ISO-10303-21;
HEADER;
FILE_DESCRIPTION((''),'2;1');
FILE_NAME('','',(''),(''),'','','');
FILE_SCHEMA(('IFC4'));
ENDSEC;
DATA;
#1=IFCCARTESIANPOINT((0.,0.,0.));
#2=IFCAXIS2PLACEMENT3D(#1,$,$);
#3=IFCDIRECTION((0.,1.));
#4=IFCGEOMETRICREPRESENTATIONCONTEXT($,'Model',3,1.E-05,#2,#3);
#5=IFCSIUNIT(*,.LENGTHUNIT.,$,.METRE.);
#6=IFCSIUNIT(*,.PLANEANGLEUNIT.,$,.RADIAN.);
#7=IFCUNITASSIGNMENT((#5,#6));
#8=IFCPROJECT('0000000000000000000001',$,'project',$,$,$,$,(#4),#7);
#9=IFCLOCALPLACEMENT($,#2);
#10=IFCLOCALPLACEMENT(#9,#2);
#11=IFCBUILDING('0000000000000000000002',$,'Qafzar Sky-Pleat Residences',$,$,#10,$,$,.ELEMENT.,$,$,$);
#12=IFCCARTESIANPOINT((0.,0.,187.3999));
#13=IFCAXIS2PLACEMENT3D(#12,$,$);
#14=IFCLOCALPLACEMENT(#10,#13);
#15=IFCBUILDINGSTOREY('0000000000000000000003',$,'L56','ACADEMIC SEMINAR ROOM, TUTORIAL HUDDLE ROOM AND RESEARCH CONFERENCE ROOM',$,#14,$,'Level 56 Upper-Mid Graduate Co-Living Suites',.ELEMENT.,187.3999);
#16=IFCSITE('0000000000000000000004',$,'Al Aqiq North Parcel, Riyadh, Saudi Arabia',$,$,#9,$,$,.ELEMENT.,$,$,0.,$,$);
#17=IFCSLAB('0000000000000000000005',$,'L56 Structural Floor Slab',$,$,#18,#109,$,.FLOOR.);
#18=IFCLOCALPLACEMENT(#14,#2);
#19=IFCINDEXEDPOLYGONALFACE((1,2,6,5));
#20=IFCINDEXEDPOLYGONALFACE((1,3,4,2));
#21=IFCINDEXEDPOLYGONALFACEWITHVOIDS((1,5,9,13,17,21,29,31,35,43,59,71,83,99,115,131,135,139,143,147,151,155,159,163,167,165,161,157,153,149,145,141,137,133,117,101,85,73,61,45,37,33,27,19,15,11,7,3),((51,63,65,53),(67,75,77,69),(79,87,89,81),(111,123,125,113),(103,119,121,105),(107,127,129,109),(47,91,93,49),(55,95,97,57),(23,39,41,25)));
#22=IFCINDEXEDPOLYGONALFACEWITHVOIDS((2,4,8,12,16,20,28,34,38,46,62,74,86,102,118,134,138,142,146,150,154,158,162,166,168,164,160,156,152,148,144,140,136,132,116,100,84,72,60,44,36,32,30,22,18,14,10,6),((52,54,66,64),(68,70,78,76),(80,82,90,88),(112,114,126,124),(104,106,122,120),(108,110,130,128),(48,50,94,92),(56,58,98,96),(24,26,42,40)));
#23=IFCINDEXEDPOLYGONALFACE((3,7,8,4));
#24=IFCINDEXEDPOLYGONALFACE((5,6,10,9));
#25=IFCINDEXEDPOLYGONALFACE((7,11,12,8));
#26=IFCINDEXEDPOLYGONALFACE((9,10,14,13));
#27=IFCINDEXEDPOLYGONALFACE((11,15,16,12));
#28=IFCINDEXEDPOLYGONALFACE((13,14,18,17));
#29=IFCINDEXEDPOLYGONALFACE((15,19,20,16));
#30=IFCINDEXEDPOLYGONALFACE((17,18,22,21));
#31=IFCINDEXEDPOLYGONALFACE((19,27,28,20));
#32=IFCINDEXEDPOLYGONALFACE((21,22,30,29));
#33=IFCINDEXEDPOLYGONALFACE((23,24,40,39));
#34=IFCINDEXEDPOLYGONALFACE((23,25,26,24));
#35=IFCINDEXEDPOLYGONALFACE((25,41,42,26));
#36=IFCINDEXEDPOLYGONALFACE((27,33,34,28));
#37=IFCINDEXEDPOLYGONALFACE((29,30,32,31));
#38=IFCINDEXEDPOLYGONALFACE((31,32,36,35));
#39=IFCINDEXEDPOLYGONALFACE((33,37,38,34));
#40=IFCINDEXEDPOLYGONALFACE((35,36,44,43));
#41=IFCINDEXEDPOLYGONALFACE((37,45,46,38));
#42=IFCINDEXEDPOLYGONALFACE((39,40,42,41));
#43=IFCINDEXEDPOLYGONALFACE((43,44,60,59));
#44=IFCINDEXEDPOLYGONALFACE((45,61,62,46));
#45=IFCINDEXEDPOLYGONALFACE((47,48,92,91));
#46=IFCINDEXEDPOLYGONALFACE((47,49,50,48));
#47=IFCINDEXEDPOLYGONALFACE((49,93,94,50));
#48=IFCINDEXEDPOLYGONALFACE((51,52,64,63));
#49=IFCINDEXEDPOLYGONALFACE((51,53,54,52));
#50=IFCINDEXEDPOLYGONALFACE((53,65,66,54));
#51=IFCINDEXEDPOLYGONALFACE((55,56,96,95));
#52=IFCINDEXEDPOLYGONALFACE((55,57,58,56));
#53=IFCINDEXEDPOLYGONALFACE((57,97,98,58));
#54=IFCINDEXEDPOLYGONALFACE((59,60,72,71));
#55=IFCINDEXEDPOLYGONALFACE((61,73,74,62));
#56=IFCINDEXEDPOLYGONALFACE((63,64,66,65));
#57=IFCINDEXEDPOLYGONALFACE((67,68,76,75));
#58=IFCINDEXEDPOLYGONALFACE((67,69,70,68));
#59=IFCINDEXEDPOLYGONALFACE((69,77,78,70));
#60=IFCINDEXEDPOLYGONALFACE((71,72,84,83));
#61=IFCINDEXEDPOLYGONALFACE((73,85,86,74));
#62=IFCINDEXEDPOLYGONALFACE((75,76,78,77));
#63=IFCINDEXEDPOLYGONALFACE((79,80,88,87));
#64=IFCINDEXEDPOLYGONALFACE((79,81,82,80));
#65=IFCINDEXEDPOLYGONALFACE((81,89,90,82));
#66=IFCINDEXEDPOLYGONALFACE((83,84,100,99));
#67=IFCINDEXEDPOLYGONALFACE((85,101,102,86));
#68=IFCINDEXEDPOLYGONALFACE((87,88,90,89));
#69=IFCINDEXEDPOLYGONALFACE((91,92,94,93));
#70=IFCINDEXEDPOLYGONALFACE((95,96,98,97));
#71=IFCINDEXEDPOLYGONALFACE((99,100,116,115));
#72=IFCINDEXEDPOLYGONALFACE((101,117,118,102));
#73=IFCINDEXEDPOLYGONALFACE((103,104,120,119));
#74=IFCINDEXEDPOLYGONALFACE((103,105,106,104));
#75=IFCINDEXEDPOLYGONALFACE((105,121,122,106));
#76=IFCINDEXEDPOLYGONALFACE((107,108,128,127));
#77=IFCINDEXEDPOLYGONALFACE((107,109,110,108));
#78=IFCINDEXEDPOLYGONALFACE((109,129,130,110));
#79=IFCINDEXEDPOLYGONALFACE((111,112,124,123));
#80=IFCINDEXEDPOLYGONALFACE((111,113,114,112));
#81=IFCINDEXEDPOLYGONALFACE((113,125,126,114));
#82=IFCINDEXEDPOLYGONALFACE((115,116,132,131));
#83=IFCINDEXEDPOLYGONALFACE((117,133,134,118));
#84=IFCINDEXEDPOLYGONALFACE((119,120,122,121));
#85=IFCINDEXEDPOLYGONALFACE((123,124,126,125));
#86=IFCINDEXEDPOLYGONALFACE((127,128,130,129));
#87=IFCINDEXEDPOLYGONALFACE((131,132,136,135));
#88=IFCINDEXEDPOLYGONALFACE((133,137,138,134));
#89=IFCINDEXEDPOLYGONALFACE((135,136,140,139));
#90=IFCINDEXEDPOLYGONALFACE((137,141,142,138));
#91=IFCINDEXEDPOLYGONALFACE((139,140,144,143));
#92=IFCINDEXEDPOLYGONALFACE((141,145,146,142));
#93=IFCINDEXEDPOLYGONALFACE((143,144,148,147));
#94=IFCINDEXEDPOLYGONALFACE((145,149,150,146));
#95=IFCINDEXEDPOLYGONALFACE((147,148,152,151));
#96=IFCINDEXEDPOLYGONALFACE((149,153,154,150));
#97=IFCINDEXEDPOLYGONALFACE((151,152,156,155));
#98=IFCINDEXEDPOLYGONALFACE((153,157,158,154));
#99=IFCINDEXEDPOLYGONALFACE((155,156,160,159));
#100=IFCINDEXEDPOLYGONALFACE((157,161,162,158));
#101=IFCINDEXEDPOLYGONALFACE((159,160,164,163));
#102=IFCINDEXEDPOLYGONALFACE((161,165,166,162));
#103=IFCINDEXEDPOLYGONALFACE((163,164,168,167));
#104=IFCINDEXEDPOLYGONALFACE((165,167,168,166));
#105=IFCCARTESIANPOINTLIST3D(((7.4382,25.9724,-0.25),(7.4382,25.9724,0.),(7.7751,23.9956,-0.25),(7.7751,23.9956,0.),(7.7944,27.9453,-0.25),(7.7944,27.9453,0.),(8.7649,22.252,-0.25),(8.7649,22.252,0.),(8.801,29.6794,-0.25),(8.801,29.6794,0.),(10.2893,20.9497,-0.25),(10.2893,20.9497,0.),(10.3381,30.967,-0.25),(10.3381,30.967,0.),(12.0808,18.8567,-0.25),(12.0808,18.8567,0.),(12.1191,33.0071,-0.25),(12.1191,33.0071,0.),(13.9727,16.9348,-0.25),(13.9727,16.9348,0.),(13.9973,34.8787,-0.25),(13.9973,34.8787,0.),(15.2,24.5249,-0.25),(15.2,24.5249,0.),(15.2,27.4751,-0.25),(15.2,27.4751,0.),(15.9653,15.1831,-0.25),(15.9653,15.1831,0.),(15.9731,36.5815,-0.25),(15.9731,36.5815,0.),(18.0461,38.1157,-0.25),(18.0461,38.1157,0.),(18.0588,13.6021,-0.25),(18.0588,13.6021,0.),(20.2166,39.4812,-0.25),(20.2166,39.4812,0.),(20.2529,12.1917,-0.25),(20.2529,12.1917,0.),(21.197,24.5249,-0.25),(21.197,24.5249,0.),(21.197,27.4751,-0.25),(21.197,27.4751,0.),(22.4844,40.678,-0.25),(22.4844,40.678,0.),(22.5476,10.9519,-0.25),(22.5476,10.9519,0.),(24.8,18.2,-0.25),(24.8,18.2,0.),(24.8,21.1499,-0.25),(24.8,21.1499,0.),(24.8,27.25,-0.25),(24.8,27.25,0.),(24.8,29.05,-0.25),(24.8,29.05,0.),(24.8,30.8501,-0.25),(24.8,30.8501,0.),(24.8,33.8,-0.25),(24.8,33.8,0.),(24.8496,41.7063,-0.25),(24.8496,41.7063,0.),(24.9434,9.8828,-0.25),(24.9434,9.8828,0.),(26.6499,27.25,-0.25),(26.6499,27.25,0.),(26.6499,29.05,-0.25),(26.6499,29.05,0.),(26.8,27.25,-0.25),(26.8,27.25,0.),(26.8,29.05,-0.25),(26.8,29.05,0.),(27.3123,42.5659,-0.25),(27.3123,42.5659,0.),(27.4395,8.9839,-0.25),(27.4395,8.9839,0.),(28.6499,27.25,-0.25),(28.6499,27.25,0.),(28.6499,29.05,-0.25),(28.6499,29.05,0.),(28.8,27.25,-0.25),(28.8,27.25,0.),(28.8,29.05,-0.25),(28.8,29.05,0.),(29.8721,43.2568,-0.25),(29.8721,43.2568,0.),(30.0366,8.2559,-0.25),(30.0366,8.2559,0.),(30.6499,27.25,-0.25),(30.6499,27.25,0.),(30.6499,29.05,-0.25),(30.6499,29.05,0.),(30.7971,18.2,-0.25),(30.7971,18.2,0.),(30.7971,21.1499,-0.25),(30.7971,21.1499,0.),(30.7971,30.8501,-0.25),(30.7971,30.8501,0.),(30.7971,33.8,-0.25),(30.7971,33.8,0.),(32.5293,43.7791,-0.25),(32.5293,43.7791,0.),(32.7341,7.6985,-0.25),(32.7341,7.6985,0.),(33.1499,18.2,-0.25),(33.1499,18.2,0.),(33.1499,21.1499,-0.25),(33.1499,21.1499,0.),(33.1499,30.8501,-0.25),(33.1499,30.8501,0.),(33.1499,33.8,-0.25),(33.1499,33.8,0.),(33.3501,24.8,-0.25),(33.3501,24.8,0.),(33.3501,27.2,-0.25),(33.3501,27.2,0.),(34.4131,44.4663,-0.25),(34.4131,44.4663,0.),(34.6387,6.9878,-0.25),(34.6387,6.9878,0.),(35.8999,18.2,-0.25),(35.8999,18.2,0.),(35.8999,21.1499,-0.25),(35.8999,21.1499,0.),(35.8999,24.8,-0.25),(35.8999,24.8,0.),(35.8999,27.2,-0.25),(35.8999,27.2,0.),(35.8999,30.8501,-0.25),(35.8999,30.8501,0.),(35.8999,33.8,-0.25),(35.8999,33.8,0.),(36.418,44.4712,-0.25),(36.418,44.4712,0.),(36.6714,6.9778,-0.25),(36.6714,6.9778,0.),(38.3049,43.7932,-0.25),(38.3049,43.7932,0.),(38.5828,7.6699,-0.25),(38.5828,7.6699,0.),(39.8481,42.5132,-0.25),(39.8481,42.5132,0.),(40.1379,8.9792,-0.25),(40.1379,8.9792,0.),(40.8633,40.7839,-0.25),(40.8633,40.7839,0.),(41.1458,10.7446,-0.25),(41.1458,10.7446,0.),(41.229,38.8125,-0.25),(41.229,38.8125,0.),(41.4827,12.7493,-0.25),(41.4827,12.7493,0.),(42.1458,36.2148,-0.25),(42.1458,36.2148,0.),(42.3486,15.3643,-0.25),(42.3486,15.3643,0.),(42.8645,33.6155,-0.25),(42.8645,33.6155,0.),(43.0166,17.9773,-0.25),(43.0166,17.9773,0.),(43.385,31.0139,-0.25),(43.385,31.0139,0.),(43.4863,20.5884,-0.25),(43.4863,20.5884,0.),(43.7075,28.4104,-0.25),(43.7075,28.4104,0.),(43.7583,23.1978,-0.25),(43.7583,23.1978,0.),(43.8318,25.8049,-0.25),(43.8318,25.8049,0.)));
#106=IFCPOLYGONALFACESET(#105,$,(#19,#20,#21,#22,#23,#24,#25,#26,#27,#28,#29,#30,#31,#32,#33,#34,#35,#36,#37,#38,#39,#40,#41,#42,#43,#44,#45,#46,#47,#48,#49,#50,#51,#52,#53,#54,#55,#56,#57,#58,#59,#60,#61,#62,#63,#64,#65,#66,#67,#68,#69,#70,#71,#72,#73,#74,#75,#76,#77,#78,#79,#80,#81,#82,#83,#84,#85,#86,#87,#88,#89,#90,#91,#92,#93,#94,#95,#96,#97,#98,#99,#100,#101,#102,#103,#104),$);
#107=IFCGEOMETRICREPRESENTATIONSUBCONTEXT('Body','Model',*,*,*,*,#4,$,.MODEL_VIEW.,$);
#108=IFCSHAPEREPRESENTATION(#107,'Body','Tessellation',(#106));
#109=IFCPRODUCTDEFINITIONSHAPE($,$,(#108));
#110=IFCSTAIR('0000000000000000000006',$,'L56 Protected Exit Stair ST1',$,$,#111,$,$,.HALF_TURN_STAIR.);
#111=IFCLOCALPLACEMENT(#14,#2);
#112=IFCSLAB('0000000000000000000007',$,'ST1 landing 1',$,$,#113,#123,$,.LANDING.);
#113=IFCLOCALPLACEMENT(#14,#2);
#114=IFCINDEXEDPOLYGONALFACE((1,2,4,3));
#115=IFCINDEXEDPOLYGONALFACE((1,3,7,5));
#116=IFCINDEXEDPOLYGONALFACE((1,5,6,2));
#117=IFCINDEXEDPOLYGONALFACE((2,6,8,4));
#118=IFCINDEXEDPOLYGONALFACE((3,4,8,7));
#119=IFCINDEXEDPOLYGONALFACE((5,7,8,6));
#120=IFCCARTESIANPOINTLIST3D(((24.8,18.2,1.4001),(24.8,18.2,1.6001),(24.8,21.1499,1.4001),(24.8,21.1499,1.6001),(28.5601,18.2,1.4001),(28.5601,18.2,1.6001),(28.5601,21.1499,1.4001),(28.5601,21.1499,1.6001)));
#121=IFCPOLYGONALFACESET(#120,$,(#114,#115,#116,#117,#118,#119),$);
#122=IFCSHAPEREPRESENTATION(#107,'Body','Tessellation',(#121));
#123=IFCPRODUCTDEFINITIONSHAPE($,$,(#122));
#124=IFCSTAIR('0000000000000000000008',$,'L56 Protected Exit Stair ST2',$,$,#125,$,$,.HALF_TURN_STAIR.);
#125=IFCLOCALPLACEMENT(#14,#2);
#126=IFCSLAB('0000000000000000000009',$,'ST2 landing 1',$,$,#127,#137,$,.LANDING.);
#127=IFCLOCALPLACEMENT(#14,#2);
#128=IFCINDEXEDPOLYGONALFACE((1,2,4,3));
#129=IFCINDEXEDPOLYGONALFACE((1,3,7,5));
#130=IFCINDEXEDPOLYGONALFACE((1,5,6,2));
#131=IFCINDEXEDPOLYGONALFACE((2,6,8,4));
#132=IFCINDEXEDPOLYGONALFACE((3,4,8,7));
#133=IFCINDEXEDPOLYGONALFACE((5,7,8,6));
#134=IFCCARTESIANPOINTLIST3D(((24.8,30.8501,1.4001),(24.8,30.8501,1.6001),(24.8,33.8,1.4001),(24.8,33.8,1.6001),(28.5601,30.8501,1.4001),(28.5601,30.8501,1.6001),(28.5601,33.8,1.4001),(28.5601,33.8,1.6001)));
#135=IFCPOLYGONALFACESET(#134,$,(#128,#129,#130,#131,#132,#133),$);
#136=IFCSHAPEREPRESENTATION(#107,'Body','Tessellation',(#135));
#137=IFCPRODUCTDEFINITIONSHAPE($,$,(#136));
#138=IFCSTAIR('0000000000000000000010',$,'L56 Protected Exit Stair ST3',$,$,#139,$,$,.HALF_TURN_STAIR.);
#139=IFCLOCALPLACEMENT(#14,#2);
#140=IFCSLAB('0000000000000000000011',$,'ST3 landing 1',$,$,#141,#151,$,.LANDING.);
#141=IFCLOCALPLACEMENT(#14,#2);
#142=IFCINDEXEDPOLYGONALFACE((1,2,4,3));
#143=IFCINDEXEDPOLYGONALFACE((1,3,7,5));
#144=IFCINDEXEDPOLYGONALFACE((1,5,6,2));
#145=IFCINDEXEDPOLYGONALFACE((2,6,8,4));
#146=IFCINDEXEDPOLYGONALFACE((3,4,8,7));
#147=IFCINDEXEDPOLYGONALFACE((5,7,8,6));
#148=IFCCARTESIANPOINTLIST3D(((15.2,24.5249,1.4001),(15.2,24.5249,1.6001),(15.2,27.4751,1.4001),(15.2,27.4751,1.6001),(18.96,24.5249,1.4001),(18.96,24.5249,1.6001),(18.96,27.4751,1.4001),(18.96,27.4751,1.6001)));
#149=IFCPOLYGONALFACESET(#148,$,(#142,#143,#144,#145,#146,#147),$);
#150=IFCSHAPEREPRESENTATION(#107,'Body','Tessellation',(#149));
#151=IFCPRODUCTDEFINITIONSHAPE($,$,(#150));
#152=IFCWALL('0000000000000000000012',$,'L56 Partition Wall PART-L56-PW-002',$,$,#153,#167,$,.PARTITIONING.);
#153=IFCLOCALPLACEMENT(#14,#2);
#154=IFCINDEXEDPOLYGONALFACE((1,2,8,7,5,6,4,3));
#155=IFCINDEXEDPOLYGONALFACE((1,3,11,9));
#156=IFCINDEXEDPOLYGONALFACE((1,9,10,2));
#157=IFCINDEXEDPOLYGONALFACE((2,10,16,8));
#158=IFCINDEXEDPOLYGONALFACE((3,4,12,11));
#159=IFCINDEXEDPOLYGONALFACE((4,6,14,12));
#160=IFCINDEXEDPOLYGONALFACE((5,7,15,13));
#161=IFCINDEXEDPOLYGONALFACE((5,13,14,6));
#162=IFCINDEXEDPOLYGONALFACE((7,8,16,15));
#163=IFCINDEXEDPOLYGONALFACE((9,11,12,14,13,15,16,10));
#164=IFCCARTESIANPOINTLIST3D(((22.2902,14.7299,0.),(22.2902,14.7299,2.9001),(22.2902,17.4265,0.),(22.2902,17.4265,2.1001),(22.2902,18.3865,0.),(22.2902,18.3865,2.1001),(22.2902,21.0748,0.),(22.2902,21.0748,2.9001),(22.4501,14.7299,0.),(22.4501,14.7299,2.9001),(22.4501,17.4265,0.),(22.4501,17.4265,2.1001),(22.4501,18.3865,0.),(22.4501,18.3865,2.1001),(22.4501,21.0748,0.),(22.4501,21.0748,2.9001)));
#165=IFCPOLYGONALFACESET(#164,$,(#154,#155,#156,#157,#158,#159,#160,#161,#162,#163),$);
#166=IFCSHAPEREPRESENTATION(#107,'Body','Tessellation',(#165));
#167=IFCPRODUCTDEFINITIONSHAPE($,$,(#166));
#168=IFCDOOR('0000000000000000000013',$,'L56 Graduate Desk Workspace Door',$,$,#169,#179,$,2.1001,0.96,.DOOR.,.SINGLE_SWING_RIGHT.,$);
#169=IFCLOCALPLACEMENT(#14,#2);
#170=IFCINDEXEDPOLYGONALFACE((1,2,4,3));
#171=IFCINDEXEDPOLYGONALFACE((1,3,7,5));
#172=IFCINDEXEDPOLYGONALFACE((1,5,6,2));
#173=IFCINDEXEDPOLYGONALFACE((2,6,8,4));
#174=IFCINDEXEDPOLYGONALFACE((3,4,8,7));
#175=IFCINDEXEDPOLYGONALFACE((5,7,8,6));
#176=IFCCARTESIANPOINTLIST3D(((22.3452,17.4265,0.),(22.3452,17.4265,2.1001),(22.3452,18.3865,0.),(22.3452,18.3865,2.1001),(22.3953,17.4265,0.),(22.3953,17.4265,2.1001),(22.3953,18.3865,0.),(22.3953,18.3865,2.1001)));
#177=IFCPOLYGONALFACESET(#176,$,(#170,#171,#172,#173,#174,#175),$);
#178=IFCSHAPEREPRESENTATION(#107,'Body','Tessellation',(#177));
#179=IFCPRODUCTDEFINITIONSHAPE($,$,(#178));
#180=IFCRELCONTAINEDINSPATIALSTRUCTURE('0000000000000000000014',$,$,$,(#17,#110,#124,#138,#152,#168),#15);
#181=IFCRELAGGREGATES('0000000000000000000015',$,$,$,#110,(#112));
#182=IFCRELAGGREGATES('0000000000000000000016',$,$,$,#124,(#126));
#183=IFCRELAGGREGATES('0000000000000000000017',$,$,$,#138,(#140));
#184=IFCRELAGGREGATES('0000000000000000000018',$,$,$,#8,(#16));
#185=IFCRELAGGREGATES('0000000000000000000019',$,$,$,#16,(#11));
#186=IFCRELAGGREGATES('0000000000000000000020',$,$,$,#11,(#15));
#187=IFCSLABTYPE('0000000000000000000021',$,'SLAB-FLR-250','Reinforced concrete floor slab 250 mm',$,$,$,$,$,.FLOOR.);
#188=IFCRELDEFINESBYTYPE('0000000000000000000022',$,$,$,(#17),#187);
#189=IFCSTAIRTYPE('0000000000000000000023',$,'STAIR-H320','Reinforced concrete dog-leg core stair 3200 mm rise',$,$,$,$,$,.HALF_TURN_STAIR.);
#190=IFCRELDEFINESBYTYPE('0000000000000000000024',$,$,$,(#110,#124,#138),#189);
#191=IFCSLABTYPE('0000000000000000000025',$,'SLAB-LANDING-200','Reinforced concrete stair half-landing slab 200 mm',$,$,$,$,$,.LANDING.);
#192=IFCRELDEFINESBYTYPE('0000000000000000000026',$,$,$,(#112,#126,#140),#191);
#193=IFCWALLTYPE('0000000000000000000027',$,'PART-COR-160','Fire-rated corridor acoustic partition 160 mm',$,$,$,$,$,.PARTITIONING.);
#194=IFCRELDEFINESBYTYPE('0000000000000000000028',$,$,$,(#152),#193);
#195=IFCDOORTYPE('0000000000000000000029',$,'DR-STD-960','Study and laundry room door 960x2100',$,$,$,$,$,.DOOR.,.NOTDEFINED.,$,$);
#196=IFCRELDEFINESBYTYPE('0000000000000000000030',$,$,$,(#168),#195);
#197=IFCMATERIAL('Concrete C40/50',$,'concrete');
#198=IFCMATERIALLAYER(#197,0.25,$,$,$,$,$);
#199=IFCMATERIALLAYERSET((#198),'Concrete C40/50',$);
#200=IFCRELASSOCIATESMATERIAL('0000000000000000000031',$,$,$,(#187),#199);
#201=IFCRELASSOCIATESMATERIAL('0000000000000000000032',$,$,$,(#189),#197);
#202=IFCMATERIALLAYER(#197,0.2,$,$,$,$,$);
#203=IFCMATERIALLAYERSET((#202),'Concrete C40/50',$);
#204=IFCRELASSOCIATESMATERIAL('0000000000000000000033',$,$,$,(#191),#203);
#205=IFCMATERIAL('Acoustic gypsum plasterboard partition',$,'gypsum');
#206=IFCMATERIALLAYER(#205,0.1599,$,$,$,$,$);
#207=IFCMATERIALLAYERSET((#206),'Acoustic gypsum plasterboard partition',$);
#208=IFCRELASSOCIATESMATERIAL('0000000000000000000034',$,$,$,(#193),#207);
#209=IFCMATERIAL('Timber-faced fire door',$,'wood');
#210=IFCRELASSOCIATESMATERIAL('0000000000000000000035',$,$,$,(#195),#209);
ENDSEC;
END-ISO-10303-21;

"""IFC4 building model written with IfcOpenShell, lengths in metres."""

from ifc_helpers import new_model, si_unit, direction, frame, frame_2d, origin, place, context, subcontext, project, spatial, polyline, rectangle, outline, extrude, source, transform, mapped, material, layer, layer_set, type_object, element, fill, aggregate, save


model = new_model("IFC4")

# Units and contexts
model_context = context("Model", 3, precision=1e-05, world=origin(), true_north=direction((0.0, 1.0)))
body_context = subcontext(model_context, "Body", "Model", "MODEL_VIEW")
ifc_project = project(units=[si_unit("LENGTHUNIT", "METRE"), si_unit("PLANEANGLEUNIT", "RADIAN")], contexts=[model_context])

# Site, building, storey
site_placement = place(None, origin())
site = spatial("IfcSite", under=ifc_project, at=site_placement, Name="Al Aqiq North Parcel, Riyadh, Saudi Arabia", CompositionType="ELEMENT", RefElevation=0.0)
building_placement = place(site_placement, origin())
building = spatial("IfcBuilding", under=site, at=building_placement, Name="Qafzar Sky-Pleat Residences", CompositionType="ELEMENT")
storey_placement = place(building_placement, frame((0.0, 0.0, 187.3999)))
storey = spatial("IfcBuildingStorey", under=building, at=storey_placement, Name="L56", Description="ACADEMIC SEMINAR ROOM, TUTORIAL HUDDLE ROOM AND RESEARCH CONFERENCE ROOM", LongName="Level 56 Upper-Mid Graduate Co-Living Suites", CompositionType="ELEMENT", Elevation=187.3999)

# Slab
ifc_material_1 = material(Name="Concrete C40/50", Category="concrete")
ifc_layer_1 = layer(ifc_material_1, 0.25)
ifc_layer_set_1 = layer_set([ifc_layer_1], Name="Concrete C40/50")
slab_type_1 = type_object("IfcSlabType", Name="SLAB-FLR-250", Description="Reinforced concrete floor slab 250 mm", PredefinedType="FLOOR", material=ifc_layer_set_1)
slab_1_placement = place(storey_placement, frame((0.0, 0.0, -0.25)))
element("IfcSlab", 1, at=slab_1_placement, inside=storey, type_object=slab_type_1, Name="L56 Structural Floor Slab", PredefinedType="FLOOR", context=body_context, shape_type="SweptSolid", body=[
    extrude(outline(polyline([(10.3381, 30.967), (8.801, 29.6794), (7.7944, 27.9453), (7.4382, 25.9724), (7.7751, 23.9956), (8.7649, 22.252), (10.2893, 20.9497), (12.0808, 18.8567), (13.9727, 16.9348), (15.9653, 15.1831), (18.0588, 13.6021), (20.2529, 12.1917), (22.5476, 10.9519), (24.9434, 9.8828), (27.4395, 8.9839), (30.0366, 8.2559), (32.7341, 7.6985), (34.6387, 6.9878), (36.6714, 6.9778), (38.5828, 7.6699), (40.1379, 8.9792), (41.1458, 10.7446), (41.4827, 12.7493), (42.3486, 15.3643), (43.0166, 17.9773), (43.4863, 20.5884), (43.7583, 23.1978), (43.8318, 25.8049), (43.7075, 28.4104), (43.385, 31.0139), (42.8645, 33.6155), (42.1458, 36.2148), (41.229, 38.8125), (40.8633, 40.7839), (39.8481, 42.5132), (38.3049, 43.7932), (36.418, 44.4712), (34.4131, 44.4663), (32.5293, 43.7791), (29.8721, 43.2568), (27.3123, 42.5659), (24.8496, 41.7063), (22.4844, 40.678), (20.2166, 39.4812), (18.0461, 38.1157), (15.9731, 36.5815), (13.9973, 34.8787), (12.1191, 33.0071), (10.3381, 30.967)]), holes=[polyline([(30.7971, 21.1499), (24.8, 21.1499), (24.8, 18.2), (30.7971, 18.2), (30.7971, 21.1499)]), polyline([(30.7971, 33.8), (24.8, 33.8), (24.8, 30.8501), (30.7971, 30.8501), (30.7971, 33.8)]), polyline([(21.197, 27.4751), (15.2, 27.4751), (15.2, 24.5249), (21.197, 24.5249), (21.197, 27.4751)]), polyline([(24.8, 27.25), (26.6499, 27.25), (26.6499, 29.05), (24.8, 29.05), (24.8, 27.25)]), polyline([(26.8, 27.25), (28.6499, 27.25), (28.6499, 29.05), (26.8, 29.05), (26.8, 27.25)]), polyline([(28.8, 27.25), (30.6499, 27.25), (30.6499, 29.05), (28.8, 29.05), (28.8, 27.25)]), polyline([(33.1499, 18.2), (35.8999, 18.2), (35.8999, 21.1499), (33.1499, 21.1499), (33.1499, 18.2)]), polyline([(33.1499, 30.8501), (35.8999, 30.8501), (35.8999, 33.8), (33.1499, 33.8), (33.1499, 30.8501)]), polyline([(33.3501, 24.8), (35.8999, 24.8), (35.8999, 27.2), (33.3501, 27.2), (33.3501, 24.8)])]), origin(), (0.0, 0.0, 1.0), 0.25),
])

# Stairs, slabs
stair_type = type_object("IfcStairType", Name="STAIR-H320", Description="Reinforced concrete dog-leg core stair 3200 mm rise", PredefinedType="HALF_TURN_STAIR", material=ifc_material_1)
stair_1_placement = place(storey_placement, origin())
stair_1 = element("IfcStair", 2, at=stair_1_placement, inside=storey, type_object=stair_type, Name="L56 Protected Exit Stair ST1", PredefinedType="HALF_TURN_STAIR")
ifc_layer_2 = layer(ifc_material_1, 0.2)
ifc_layer_set_2 = layer_set([ifc_layer_2], Name="Concrete C40/50")
slab_type_2 = type_object("IfcSlabType", Name="SLAB-LANDING-200", Description="Reinforced concrete stair half-landing slab 200 mm", PredefinedType="LANDING", material=ifc_layer_set_2)
slab_2_placement = place(storey_placement, frame((0.0, 0.0, 1.4001)))
slab_2 = element("IfcSlab", 3, at=slab_2_placement, type_object=slab_type_2, Name="ST1 landing 1", PredefinedType="LANDING", context=body_context, shape_type="SweptSolid", body=[
    extrude(outline(polyline([(28.5601, 21.1499), (24.8, 21.1499), (24.8, 18.2), (28.5601, 18.2), (28.5601, 21.1499)])), origin(), (0.0, 0.0, 1.0), 0.2),
])
aggregate(stair_1, [slab_2])
stair_2_placement = place(storey_placement, origin())
stair_2 = element("IfcStair", 4, at=stair_2_placement, inside=storey, type_object=stair_type, Name="L56 Protected Exit Stair ST2", PredefinedType="HALF_TURN_STAIR")
slab_3_placement = place(storey_placement, frame((0.0, 0.0, 1.4001)))
slab_3 = element("IfcSlab", 5, at=slab_3_placement, type_object=slab_type_2, Name="ST2 landing 1", PredefinedType="LANDING", context=body_context, shape_type="SweptSolid", body=[
    extrude(outline(polyline([(28.5601, 33.8), (24.8, 33.8), (24.8, 30.8501), (28.5601, 30.8501), (28.5601, 33.8)])), origin(), (0.0, 0.0, 1.0), 0.2),
])
aggregate(stair_2, [slab_3])
stair_3_placement = place(storey_placement, origin())
stair_3 = element("IfcStair", 6, at=stair_3_placement, inside=storey, type_object=stair_type, Name="L56 Protected Exit Stair ST3", PredefinedType="HALF_TURN_STAIR")
slab_4_placement = place(storey_placement, frame((0.0, 0.0, 1.4001)))
slab_4 = element("IfcSlab", 7, at=slab_4_placement, type_object=slab_type_2, Name="ST3 landing 1", PredefinedType="LANDING", context=body_context, shape_type="SweptSolid", body=[
    extrude(outline(polyline([(18.96, 27.4751), (15.2, 27.4751), (15.2, 24.5249), (18.96, 24.5249), (18.96, 27.4751)])), origin(), (0.0, 0.0, 1.0), 0.2),
])
aggregate(stair_3, [slab_4])

# Wall, opening, door
ifc_material_2 = material(Name="Acoustic gypsum plasterboard partition", Category="gypsum")
ifc_layer_3 = layer(ifc_material_2, 0.1599)
ifc_layer_set_3 = layer_set([ifc_layer_3], Name="Acoustic gypsum plasterboard partition")
wall_type_1 = type_object("IfcWallType", Name="PART-COR-160", Description="Fire-rated corridor acoustic partition 160 mm", PredefinedType="PARTITIONING", material=ifc_layer_set_3)
wall_1_placement = place(storey_placement, frame((22.3701, 14.73, 0.0), z_axis=(0.0, 0.0, 1.0), x_axis=(0.0, 1.0, 0.0)))
wall_1 = element("IfcWall", 8, at=wall_1_placement, inside=storey, type_object=wall_type_1, Name="L56 Partition Wall PART-L56-PW-002", PredefinedType="PARTITIONING", context=body_context, shape_type="SweptSolid", body=[
    extrude(rectangle(XDim=6.345, YDim=0.1599, at=frame_2d((3.1724, 0.0))), origin(), (0.0, 0.0, 1.0), 2.9001),
])
opening_1_placement = place(wall_1_placement, frame((2.6965, 0.0, 0.0)))
opening_1 = element("IfcOpeningElement", 9, at=opening_1_placement, cuts=wall_1, PredefinedType="OPENING", context=body_context, shape_type="SweptSolid", body=[
    extrude(rectangle(XDim=0.96, YDim=2.1001, at=frame_2d((0.48, 1.05))), frame((0.0, 0.0898, 0.0), z_axis=(0.0, -1.0, 0.0), x_axis=(1.0, 0.0, 0.0)), (0.0, 0.0, 1.0), 0.1799),
])
ifc_material_3 = material(Name="Timber-faced fire door", Category="wood")
door_type = type_object("IfcDoorType", Name="DR-STD-960", Description="Study and laundry room door 960x2100", OperationType="NOTDEFINED", PredefinedType="DOOR", material=ifc_material_3)
shared_shape_1 = source(origin(), body_context, "Body", "SweptSolid", [
    extrude(rectangle(XDim=0.96, YDim=2.1001, at=frame_2d((0.48, 1.05))), frame((0.0, 0.0249, 0.0), z_axis=(0.0, -1.0, 0.0), x_axis=(1.0, 0.0, 0.0)), (0.0, 0.0, 1.0), 0.05),
])
door_placement = place(opening_1_placement, origin())
door = element("IfcDoor", 10, at=door_placement, inside=storey, type_object=door_type, Name="L56 Graduate Desk Workspace Door", OperationType="SINGLE_SWING_RIGHT", OverallHeight=2.1001, OverallWidth=0.96, PredefinedType="DOOR", context=body_context, shape_type="MappedRepresentation", body=[
    mapped(shared_shape_1, transform((0.0, 0.0, 0.0), x_axis=(1.0, 0.0, 0.0), y_axis=(0.0, 1.0, 0.0), z_axis=(0.0, 0.0, 1.0), scale=1.0)),
])
fill(opening_1, door)

save(model, "model.ifc")
